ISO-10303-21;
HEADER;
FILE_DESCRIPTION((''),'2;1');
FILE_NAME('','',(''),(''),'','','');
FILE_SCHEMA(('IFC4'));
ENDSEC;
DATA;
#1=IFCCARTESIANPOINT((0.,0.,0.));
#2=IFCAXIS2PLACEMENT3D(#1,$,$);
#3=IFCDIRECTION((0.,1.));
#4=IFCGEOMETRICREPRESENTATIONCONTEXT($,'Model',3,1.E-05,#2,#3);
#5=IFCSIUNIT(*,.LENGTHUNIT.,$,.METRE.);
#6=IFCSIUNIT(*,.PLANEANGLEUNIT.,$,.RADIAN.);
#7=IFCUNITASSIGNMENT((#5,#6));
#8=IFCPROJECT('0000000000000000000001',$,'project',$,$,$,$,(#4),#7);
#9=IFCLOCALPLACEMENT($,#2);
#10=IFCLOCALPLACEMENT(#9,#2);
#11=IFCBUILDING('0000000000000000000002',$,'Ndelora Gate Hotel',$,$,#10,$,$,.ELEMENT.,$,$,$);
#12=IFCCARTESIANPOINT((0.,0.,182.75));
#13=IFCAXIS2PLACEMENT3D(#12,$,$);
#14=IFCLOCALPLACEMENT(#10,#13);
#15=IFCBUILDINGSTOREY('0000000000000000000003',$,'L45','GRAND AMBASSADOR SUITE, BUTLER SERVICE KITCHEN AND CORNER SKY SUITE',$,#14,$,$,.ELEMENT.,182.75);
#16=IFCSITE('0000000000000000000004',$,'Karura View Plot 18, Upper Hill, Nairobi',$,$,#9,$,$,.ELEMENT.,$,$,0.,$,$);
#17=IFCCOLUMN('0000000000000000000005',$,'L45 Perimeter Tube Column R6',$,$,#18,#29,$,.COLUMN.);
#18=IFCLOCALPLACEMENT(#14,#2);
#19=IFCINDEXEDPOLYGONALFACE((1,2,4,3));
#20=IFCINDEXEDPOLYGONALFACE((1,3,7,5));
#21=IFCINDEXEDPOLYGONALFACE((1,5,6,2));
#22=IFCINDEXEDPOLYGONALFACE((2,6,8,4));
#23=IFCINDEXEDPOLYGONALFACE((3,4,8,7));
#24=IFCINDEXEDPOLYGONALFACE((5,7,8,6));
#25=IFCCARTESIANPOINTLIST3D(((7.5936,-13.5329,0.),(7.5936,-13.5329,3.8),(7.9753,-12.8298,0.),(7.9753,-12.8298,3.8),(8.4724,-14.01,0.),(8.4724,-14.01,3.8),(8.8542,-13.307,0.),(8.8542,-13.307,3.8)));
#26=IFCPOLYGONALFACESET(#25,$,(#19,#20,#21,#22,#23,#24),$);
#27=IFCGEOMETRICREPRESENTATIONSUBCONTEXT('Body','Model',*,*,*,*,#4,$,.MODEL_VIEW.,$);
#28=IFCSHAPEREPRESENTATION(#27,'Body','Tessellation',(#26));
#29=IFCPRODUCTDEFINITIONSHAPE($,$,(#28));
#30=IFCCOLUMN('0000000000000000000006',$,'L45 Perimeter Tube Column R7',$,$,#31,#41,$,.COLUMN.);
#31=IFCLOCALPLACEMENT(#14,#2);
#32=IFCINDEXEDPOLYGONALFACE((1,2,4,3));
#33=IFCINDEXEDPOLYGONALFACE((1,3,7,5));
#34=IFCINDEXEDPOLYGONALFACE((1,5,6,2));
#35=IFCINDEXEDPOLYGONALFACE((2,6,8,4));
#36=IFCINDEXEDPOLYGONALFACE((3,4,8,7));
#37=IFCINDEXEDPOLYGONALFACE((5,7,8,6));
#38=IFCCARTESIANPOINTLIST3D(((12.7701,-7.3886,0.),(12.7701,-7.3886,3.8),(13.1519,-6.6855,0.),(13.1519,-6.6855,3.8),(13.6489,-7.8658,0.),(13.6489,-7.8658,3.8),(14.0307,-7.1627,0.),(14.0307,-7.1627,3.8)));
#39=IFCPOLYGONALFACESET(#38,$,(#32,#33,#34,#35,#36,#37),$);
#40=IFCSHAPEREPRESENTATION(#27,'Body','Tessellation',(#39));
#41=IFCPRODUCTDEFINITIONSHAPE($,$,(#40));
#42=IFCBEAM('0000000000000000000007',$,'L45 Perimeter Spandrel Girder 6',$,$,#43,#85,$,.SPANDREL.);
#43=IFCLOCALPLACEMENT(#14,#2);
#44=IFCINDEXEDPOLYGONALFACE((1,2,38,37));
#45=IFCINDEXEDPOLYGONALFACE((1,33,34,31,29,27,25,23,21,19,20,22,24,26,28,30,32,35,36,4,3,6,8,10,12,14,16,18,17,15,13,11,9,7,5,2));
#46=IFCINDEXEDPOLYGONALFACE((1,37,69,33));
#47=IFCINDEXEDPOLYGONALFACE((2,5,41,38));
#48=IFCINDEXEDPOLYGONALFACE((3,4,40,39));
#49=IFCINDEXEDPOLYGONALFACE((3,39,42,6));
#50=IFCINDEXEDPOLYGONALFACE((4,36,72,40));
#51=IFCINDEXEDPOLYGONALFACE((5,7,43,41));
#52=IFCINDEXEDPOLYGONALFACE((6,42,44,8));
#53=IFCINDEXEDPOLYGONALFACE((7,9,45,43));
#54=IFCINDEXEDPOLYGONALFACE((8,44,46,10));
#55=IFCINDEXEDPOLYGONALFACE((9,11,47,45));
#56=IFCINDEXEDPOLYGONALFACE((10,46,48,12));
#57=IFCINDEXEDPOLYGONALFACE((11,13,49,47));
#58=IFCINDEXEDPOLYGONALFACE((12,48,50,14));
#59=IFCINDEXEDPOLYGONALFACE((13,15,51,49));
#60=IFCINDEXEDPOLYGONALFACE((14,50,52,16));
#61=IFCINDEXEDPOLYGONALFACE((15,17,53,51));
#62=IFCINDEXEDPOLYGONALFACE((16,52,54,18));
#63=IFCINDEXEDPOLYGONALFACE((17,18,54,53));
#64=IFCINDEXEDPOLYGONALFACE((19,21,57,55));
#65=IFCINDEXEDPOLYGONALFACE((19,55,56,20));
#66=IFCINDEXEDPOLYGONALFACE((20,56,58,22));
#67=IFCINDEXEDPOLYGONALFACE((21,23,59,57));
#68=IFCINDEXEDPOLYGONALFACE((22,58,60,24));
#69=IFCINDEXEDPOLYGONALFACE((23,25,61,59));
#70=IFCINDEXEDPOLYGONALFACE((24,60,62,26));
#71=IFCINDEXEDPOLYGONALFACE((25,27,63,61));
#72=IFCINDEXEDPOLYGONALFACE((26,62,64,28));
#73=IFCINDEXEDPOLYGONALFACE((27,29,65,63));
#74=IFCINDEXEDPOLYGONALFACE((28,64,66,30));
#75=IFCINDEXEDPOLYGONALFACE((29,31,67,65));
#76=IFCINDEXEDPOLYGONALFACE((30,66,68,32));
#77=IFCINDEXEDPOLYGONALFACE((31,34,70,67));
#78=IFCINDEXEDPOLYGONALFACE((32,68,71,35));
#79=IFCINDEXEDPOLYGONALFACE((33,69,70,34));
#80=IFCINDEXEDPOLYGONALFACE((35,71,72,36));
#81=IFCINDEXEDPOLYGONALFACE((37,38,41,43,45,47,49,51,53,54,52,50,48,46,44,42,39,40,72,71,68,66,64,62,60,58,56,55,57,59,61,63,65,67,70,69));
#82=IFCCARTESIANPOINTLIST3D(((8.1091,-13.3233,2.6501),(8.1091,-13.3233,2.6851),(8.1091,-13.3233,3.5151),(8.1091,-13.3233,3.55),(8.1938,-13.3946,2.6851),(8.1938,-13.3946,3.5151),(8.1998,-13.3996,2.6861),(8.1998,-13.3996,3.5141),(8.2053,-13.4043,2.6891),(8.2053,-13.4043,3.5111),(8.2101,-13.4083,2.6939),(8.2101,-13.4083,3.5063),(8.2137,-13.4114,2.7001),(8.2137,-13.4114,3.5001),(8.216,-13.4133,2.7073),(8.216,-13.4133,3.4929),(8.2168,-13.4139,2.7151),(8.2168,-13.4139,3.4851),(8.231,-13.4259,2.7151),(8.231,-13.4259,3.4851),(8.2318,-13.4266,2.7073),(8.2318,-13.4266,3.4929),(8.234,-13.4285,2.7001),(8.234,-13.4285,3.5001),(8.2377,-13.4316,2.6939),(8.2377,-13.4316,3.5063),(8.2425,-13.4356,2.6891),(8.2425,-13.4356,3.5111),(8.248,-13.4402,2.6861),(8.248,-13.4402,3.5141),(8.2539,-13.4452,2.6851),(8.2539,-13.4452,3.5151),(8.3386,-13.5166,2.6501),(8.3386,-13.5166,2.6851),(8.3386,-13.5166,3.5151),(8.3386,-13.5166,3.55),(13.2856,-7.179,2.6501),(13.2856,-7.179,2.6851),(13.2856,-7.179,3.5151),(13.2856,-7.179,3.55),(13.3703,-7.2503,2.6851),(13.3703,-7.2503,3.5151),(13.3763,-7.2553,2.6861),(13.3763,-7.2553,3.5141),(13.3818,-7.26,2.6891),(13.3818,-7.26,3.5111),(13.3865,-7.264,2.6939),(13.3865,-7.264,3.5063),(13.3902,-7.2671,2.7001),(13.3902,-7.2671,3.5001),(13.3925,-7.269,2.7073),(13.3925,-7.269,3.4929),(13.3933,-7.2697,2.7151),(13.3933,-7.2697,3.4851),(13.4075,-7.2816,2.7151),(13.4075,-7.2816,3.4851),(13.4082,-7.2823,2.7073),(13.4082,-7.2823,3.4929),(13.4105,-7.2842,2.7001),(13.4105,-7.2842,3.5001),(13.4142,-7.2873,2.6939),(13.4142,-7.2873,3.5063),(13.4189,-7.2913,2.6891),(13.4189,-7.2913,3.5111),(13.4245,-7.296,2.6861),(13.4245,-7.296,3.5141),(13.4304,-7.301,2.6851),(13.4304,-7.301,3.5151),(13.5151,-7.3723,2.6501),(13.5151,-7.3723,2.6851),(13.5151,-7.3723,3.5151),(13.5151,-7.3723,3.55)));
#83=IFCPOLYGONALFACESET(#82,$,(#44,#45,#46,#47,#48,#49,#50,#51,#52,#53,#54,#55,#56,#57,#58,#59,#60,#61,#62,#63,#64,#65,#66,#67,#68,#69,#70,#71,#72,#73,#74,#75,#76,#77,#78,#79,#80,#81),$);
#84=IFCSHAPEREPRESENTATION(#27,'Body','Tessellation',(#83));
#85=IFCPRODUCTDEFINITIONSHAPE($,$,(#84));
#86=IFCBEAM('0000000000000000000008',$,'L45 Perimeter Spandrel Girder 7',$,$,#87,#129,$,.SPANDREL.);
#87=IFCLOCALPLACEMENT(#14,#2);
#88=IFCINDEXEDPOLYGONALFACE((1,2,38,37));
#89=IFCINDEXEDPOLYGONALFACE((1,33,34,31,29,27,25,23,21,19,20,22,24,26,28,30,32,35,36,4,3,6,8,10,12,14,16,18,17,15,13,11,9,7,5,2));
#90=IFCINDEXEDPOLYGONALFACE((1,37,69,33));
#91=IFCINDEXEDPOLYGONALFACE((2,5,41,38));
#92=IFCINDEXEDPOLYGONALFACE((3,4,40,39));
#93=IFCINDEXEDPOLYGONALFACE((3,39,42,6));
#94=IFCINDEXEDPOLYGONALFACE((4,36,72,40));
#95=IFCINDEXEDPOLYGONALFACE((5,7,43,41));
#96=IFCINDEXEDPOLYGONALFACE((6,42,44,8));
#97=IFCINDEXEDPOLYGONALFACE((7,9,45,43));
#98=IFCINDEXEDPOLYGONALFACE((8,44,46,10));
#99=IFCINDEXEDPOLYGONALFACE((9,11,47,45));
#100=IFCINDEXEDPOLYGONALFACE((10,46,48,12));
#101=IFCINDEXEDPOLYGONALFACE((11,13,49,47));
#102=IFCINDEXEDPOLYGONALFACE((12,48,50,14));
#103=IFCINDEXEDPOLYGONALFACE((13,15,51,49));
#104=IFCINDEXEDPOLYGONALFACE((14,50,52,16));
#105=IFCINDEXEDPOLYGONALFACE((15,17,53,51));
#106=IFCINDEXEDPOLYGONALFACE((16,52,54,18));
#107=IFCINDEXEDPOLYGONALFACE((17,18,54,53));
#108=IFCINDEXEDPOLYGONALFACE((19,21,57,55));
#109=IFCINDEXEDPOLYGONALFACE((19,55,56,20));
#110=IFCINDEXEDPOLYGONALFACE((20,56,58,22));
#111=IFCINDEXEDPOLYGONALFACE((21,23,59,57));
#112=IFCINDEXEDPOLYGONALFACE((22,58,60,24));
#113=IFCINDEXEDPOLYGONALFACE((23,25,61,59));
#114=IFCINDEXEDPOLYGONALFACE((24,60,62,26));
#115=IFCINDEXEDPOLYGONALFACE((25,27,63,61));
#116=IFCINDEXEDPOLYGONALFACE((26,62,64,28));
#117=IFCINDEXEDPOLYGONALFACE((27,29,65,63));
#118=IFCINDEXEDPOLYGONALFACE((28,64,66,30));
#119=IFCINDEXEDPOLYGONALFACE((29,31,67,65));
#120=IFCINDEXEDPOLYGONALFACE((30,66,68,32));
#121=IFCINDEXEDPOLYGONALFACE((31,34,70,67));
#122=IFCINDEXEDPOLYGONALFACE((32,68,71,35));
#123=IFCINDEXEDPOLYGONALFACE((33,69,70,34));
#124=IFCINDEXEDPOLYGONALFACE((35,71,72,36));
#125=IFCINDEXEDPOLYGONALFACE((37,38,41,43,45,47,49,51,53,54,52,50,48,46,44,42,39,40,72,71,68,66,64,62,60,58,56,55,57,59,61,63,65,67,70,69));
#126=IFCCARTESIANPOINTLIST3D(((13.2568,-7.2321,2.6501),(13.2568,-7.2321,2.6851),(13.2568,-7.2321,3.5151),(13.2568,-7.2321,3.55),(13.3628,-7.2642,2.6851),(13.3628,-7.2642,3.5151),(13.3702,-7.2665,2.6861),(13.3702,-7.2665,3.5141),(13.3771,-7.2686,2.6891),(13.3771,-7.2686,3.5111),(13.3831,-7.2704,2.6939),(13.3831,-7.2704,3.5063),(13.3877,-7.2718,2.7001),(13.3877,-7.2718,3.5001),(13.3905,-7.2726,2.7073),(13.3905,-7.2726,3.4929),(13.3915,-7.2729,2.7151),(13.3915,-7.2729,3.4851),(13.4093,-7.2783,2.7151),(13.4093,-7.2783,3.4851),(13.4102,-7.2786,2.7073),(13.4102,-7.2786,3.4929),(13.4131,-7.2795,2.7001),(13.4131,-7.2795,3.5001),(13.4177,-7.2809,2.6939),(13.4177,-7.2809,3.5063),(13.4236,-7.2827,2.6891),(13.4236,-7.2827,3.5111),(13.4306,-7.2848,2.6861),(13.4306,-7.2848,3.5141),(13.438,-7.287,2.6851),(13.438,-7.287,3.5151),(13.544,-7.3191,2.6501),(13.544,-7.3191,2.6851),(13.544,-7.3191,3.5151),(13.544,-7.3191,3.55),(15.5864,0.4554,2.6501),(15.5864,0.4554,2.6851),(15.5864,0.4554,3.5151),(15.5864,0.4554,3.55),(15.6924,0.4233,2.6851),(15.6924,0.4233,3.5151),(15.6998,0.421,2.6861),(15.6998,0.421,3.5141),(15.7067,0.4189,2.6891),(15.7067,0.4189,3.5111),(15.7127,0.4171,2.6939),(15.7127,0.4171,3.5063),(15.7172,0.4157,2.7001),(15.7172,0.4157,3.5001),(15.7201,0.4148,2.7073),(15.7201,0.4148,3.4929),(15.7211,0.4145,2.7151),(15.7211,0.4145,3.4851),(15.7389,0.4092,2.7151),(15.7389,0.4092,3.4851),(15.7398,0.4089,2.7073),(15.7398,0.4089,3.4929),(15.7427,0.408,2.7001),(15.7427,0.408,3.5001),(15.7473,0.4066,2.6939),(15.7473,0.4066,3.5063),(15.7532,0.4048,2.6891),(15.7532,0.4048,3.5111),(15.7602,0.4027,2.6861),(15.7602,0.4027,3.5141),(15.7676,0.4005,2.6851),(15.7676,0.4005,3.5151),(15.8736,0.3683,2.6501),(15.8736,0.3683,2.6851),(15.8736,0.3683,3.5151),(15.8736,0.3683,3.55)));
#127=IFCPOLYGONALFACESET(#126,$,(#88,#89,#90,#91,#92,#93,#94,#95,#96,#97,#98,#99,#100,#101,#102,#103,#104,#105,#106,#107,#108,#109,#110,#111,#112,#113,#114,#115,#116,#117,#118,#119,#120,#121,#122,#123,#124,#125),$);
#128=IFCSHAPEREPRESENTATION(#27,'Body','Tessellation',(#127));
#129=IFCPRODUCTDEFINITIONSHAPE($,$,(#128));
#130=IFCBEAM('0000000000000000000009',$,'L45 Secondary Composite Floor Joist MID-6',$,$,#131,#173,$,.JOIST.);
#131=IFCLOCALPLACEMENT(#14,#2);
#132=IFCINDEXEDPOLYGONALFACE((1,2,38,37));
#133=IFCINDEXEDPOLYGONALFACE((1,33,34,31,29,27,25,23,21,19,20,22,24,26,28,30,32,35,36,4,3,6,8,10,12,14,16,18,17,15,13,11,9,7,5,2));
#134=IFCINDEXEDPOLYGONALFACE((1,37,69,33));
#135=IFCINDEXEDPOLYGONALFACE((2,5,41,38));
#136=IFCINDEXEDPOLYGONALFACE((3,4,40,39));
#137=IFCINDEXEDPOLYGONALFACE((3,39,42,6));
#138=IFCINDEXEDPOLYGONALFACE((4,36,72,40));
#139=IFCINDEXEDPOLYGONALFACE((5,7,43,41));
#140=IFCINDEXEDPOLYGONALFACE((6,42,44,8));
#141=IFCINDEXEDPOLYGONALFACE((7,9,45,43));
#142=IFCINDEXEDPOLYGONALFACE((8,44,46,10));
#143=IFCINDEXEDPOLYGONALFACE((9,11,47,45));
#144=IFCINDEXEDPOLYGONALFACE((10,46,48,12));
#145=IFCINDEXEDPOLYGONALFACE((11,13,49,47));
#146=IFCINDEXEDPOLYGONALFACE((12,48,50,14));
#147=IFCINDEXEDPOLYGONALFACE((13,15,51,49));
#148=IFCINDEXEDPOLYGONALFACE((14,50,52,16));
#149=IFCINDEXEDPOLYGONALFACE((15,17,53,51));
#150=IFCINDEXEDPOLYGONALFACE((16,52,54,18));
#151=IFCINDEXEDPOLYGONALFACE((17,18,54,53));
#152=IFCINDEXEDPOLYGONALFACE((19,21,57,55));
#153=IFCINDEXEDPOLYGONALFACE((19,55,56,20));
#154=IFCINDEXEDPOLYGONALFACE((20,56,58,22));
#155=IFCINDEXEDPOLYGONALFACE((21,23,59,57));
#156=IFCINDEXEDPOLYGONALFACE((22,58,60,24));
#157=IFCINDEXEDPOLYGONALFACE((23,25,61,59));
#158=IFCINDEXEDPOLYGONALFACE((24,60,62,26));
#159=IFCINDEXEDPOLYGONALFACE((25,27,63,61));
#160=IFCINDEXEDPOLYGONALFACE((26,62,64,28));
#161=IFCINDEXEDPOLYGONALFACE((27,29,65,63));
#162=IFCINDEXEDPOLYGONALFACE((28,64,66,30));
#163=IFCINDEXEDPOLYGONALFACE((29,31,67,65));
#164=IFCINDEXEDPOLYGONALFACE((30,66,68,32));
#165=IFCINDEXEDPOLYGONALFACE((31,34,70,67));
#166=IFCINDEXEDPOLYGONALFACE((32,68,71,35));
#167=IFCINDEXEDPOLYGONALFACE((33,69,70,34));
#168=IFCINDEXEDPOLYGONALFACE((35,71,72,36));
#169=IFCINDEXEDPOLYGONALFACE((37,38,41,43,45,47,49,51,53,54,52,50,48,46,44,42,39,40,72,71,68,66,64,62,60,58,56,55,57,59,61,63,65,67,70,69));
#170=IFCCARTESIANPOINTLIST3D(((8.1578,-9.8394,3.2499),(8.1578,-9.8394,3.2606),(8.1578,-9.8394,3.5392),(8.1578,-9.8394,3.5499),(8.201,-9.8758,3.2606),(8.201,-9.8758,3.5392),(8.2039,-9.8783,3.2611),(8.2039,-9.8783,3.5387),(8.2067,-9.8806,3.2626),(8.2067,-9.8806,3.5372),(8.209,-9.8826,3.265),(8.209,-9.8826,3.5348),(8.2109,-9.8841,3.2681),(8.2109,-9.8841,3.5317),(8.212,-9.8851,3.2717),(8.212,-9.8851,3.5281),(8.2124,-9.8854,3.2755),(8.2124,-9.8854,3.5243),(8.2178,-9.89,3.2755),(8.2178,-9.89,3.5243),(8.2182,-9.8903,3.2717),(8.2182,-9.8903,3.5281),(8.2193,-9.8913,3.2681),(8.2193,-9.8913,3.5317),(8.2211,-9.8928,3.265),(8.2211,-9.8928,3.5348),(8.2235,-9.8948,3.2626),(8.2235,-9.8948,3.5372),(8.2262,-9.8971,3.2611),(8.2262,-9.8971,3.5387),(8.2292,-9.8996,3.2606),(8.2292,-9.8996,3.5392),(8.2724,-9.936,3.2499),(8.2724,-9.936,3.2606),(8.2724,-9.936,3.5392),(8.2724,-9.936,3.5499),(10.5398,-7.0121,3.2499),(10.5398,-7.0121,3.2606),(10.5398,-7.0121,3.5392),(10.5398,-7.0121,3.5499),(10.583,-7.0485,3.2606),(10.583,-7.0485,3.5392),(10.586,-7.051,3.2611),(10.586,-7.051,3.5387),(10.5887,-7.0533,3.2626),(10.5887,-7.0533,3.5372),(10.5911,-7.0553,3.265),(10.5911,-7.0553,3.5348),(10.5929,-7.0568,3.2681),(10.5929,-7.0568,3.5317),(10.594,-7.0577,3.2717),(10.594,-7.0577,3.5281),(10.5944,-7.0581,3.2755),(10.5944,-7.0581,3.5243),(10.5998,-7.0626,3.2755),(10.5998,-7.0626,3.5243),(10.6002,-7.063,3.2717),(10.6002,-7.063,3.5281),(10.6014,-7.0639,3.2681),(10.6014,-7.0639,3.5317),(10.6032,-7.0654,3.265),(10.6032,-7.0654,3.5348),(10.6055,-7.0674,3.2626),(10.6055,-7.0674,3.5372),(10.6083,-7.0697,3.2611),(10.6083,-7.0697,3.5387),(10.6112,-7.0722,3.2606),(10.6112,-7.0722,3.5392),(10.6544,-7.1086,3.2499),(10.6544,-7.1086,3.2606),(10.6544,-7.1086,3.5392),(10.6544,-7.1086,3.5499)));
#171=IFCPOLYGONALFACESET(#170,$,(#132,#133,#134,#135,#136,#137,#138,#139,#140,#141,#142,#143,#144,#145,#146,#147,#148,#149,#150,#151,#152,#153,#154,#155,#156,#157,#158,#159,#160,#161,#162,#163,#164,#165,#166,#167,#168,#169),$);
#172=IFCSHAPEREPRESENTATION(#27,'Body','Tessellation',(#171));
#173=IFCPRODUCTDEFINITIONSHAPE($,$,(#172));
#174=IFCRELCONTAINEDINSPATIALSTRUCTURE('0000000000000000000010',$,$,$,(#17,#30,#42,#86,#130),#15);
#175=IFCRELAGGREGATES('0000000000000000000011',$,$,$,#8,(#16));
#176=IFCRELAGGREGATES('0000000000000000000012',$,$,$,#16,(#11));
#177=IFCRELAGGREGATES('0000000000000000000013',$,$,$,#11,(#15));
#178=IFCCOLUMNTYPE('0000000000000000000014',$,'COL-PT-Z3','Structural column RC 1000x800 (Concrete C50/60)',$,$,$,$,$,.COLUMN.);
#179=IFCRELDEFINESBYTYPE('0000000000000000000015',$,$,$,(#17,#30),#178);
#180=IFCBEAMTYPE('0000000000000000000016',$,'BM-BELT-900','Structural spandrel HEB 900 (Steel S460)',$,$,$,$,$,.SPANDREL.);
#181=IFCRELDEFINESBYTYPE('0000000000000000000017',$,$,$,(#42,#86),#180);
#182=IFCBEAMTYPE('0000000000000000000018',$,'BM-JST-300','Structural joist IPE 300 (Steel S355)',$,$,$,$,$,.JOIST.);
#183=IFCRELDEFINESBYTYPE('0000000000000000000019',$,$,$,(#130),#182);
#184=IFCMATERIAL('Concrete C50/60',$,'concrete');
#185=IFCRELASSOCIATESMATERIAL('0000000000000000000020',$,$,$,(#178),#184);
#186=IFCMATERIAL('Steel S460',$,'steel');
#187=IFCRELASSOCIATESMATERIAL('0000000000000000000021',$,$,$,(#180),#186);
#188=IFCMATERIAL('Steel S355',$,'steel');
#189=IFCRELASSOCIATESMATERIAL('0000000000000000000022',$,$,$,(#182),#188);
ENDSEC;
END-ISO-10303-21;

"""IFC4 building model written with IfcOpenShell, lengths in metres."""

from ifc_helpers import new_model, si_unit, direction, frame, origin, origin_2d, place, context, subcontext, project, spatial, rectangle, i_section, extrude, material, material_profile, profile_set, type_object, element, save


model = new_model("IFC4")

# Units and contexts
model_context = context("Model", 3, precision=1e-05, world=origin(), true_north=direction((0.0, 1.0)))
body_context = subcontext(model_context, "Body", "Model", "MODEL_VIEW")
ifc_project = project(units=[si_unit("LENGTHUNIT", "METRE"), si_unit("PLANEANGLEUNIT", "RADIAN")], contexts=[model_context])

# Site, building, storey
site_placement = place(None, origin())
site = spatial("IfcSite", under=ifc_project, at=site_placement, Name="Karura View Plot 18, Upper Hill, Nairobi", CompositionType="ELEMENT", RefElevation=0.0)
building_placement = place(site_placement, origin())
building = spatial("IfcBuilding", under=site, at=building_placement, Name="Ndelora Gate Hotel", CompositionType="ELEMENT")
storey_placement = place(building_placement, frame((0.0, 0.0, 182.75)))
storey = spatial("IfcBuildingStorey", under=building, at=storey_placement, Name="L45", Description="GRAND AMBASSADOR SUITE, BUTLER SERVICE KITCHEN AND CORNER SKY SUITE", CompositionType="ELEMENT", Elevation=182.75)

# Columns
ifc_material_1 = material(Name="Concrete C50/60", Category="concrete")
ifc_material_profile_1 = material_profile(ifc_material_1, rectangle(XDim=0.8, YDim=1.0, at=origin_2d()), Name="RC 1000x800")
ifc_profile_set_1 = profile_set([ifc_material_profile_1], Name="Concrete C50/60")
column_type = type_object("IfcColumnType", Name="COL-PT-Z3", Description="Structural column RC 1000x800 (Concrete C50/60)", PredefinedType="COLUMN", material=ifc_profile_set_1)
for number, where, z_axis, x_axis, name in (
    (1, (8.2239, -13.4199, 0.0), (0.0, 0.0, 1.0), (0.477159, 0.878817, 0.0), "L45 Perimeter Tube Column R6"),
    (2, (13.4004, -7.2756, 0.0), (0.0, 0.0, 1.0), (0.477159, 0.878817, 0.0), "L45 Perimeter Tube Column R7"),
):
    element("IfcColumn", number, at=place(storey_placement, frame(where, z_axis=z_axis, x_axis=x_axis)), inside=storey, type_object=column_type, Name=name, PredefinedType="COLUMN", context=body_context, shape_type="SweptSolid", body=[
        extrude(rectangle(XDim=0.8, YDim=1.0, at=origin_2d()), origin(), (0.0, 0.0, 1.0), 3.8),
    ])

# Beams
ifc_material_2 = material(Name="Steel S460", Category="steel")
ifc_material_profile_2 = material_profile(ifc_material_2, i_section(OverallWidth=0.3, OverallDepth=0.8999, WebThickness=0.0186, FlangeThickness=0.0349, FilletRadius=0.03, at=origin_2d()), Name="HEB 900")
ifc_profile_set_2 = profile_set([ifc_material_profile_2], Name="Steel S460")
beam_type_1 = type_object("IfcBeamType", Name="BM-BELT-900", Description="Structural spandrel HEB 900 (Steel S460)", PredefinedType="SPANDREL", material=ifc_profile_set_2)
beam_1_placement = place(storey_placement, frame((8.2239, -13.4199, 3.1001), z_axis=(0.644309, 0.764765, 0.0), x_axis=(-0.764765, 0.644309, 0.0)))
element("IfcBeam", 3, at=beam_1_placement, inside=storey, type_object=beam_type_1, Name="L45 Perimeter Spandrel Girder 6", PredefinedType="SPANDREL", context=body_context, shape_type="SweptSolid", body=[
    extrude(i_section(OverallWidth=0.3, OverallDepth=0.8999, WebThickness=0.0186, FlangeThickness=0.0349, FilletRadius=0.03, at=origin_2d()), origin(), (0.0, 0.0, 1.0), 8.0342),
])
beam_2_placement = place(storey_placement, frame((13.4004, -7.2756, 3.1001), z_axis=(0.290012, 0.957023, 0.0), x_axis=(-0.957023, 0.290012, 0.0)))
element("IfcBeam", 4, at=beam_2_placement, inside=storey, type_object=beam_type_1, Name="L45 Perimeter Spandrel Girder 7", PredefinedType="SPANDREL", context=body_context, shape_type="SweptSolid", body=[
    extrude(i_section(OverallWidth=0.3, OverallDepth=0.8999, WebThickness=0.0186, FlangeThickness=0.0349, FilletRadius=0.03, at=origin_2d()), origin(), (0.0, 0.0, 1.0), 8.0327),
])
ifc_material_3 = material(Name="Steel S355", Category="steel")
ifc_material_profile_3 = material_profile(ifc_material_3, i_section(OverallWidth=0.1499, OverallDepth=0.3, WebThickness=0.0071, FlangeThickness=0.0107, FilletRadius=0.0149, at=origin_2d()), Name="IPE 300")
ifc_profile_set_3 = profile_set([ifc_material_profile_3], Name="Steel S355")
beam_type_2 = type_object("IfcBeamType", Name="BM-JST-300", Description="Structural joist IPE 300 (Steel S355)", PredefinedType="JOIST", material=ifc_profile_set_3)
beam_3_placement = place(storey_placement, frame((8.2151, -9.8877, 3.3999), z_axis=(0.644313, 0.764762, 0.0), x_axis=(-0.764762, 0.644313, 0.0)))
element("IfcBeam", 5, at=beam_3_placement, inside=storey, type_object=beam_type_2, Name="L45 Secondary Composite Floor Joist MID-6", PredefinedType="JOIST", context=body_context, shape_type="SweptSolid", body=[
    extrude(i_section(OverallWidth=0.1499, OverallDepth=0.3, WebThickness=0.0071, FlangeThickness=0.0107, FilletRadius=0.0149, at=origin_2d()), origin(), (0.0, 0.0, 1.0), 3.697),
])

save(model, "model.ifc")
